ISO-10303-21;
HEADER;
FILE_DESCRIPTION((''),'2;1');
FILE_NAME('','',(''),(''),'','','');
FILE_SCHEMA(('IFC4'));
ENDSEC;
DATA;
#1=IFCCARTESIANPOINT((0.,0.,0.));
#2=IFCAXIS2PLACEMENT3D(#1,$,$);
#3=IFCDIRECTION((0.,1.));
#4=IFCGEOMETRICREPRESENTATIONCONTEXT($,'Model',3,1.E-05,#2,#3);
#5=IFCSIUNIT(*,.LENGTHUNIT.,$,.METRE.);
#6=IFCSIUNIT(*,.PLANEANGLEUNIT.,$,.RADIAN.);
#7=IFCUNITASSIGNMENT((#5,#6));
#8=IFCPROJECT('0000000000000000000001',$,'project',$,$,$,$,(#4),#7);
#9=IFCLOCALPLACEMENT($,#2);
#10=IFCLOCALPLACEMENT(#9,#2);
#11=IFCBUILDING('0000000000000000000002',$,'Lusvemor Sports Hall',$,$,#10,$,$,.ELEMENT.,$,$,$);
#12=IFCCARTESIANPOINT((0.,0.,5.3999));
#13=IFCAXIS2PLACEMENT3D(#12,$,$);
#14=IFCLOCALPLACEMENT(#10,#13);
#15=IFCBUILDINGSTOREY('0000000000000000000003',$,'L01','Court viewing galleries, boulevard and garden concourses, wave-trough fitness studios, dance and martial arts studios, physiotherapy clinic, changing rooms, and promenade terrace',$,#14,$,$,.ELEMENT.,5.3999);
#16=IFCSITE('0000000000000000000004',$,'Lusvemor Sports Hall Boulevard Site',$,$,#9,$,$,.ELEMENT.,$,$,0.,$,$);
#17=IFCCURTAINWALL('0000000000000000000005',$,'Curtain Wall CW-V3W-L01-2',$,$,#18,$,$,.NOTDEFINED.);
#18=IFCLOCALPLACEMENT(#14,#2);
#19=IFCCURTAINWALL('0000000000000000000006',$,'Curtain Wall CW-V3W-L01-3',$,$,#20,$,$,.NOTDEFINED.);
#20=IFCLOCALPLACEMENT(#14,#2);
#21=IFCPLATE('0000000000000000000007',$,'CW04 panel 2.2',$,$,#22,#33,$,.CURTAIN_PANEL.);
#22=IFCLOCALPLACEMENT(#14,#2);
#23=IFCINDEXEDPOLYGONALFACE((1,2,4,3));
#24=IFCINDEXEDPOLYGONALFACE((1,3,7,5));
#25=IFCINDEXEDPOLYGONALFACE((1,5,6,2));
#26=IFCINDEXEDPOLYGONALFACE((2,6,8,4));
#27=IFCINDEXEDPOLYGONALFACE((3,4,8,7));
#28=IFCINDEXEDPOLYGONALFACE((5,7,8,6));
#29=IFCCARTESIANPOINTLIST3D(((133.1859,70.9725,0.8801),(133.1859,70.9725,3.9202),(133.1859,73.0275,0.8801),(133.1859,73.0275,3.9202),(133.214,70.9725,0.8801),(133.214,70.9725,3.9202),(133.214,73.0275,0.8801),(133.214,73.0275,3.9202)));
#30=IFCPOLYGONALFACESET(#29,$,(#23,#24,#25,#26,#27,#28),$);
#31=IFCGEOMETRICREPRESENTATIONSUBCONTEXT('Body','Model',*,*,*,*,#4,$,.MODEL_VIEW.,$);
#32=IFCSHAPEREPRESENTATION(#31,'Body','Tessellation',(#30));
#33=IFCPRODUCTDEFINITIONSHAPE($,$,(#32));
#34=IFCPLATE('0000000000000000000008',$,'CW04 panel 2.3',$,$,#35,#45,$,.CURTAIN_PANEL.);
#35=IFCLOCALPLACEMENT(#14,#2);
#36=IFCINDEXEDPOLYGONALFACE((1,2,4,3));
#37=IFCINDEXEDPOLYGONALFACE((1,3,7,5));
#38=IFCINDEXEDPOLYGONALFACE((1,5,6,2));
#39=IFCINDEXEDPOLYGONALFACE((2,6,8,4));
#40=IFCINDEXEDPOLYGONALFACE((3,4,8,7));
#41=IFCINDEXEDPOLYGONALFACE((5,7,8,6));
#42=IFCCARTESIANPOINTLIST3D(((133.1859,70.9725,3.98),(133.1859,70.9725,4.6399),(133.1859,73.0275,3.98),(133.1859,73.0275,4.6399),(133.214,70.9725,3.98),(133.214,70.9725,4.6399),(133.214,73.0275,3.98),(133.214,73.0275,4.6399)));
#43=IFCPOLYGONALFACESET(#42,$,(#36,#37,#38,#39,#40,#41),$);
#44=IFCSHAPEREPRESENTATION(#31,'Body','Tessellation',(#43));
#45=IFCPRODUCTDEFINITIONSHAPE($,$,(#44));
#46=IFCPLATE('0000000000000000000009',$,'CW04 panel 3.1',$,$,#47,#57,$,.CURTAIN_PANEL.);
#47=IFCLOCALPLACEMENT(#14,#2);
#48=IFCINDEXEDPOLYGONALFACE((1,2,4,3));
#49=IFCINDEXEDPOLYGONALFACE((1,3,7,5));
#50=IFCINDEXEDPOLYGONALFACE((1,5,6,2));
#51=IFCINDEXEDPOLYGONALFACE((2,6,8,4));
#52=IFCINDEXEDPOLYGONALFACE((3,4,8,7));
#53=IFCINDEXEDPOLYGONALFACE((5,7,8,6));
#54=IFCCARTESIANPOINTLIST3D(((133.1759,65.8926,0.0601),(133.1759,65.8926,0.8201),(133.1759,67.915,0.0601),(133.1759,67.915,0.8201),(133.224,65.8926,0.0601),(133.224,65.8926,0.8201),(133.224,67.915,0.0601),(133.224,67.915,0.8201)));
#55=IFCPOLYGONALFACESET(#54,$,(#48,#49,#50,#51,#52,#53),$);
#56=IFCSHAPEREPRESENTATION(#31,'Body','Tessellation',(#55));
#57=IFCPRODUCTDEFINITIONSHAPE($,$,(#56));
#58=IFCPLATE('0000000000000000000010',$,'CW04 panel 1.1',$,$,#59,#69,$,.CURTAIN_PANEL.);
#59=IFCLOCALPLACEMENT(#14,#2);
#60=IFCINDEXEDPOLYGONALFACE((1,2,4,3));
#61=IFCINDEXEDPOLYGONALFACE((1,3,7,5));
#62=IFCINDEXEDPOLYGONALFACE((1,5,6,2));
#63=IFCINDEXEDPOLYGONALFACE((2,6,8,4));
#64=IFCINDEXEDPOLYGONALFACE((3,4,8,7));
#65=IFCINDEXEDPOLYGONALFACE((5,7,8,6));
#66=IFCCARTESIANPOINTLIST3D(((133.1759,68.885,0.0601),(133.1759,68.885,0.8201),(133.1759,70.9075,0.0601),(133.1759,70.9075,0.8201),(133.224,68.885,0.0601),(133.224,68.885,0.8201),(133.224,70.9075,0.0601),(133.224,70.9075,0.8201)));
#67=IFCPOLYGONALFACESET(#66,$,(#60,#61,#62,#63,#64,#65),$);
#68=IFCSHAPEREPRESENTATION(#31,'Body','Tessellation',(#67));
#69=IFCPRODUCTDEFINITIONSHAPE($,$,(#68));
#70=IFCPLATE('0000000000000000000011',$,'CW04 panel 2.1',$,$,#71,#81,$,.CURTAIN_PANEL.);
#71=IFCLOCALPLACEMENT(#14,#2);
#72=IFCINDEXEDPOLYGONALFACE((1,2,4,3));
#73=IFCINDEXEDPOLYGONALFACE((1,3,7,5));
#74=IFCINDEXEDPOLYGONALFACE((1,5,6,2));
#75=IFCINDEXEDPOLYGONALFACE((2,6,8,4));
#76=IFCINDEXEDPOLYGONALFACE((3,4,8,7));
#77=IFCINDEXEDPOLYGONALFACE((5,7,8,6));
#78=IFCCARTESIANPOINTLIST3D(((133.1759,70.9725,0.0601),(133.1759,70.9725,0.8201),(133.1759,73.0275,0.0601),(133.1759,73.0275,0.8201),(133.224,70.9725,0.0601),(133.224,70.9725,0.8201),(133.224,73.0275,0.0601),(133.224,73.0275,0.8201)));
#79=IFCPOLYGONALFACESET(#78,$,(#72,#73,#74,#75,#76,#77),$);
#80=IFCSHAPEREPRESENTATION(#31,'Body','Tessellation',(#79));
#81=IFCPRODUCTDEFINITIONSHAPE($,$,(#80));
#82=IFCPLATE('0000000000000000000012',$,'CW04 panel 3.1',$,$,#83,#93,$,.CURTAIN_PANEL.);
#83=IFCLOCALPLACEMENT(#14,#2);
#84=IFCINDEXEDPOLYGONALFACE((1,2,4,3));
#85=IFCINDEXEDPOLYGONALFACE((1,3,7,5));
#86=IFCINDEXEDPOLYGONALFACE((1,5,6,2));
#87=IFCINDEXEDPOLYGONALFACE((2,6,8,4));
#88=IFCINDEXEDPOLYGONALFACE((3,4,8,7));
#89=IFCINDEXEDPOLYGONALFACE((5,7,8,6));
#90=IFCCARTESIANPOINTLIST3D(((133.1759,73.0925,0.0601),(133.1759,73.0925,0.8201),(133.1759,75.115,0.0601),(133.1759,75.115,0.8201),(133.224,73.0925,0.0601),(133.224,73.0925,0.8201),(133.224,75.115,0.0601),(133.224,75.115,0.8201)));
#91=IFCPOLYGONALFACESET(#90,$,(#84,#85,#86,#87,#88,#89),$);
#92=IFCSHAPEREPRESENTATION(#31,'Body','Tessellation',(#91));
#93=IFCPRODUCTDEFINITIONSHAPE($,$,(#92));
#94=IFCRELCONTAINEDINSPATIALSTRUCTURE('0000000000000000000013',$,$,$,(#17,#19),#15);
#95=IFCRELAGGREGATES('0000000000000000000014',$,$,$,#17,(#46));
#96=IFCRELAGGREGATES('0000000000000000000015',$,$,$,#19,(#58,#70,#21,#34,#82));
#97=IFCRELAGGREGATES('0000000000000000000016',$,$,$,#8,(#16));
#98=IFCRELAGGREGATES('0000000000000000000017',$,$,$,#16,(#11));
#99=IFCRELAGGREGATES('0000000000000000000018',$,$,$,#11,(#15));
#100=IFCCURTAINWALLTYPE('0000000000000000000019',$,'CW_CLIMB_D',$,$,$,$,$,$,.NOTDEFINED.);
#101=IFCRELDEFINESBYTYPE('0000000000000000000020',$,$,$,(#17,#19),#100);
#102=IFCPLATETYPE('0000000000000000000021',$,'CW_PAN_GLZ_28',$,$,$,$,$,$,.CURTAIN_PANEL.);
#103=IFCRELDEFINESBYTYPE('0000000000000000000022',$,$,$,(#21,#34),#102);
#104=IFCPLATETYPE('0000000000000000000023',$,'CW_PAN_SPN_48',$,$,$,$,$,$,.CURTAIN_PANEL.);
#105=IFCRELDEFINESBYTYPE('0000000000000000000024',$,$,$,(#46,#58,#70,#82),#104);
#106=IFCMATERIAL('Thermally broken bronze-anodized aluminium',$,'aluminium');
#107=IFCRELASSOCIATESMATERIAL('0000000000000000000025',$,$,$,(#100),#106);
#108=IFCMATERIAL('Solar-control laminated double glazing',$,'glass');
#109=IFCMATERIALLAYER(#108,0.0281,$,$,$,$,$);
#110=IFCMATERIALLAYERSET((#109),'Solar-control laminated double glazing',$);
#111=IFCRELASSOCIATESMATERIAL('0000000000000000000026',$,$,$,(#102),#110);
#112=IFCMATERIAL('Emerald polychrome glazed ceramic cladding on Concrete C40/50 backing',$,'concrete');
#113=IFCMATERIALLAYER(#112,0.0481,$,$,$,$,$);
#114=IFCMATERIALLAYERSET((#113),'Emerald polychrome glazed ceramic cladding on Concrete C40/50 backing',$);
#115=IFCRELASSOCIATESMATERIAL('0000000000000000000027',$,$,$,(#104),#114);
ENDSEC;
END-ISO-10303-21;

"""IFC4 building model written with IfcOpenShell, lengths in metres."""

from ifc_helpers import new_model, si_unit, direction, frame, origin, origin_2d, place, context, subcontext, project, spatial, rectangle, extrude, material, layer, layer_set, type_object, element, aggregate, save


model = new_model("IFC4")

# Units and contexts
model_context = context("Model", 3, precision=1e-05, world=origin(), true_north=direction((0.0, 1.0)))
body_context = subcontext(model_context, "Body", "Model", "MODEL_VIEW")
ifc_project = project(units=[si_unit("LENGTHUNIT", "METRE"), si_unit("PLANEANGLEUNIT", "RADIAN")], contexts=[model_context])

# Site, building, storey
site_placement = place(None, origin())
site = spatial("IfcSite", under=ifc_project, at=site_placement, Name="Lusvemor Sports Hall Boulevard Site", CompositionType="ELEMENT", RefElevation=0.0)
building_placement = place(site_placement, origin())
building = spatial("IfcBuilding", under=site, at=building_placement, Name="Lusvemor Sports Hall", CompositionType="ELEMENT")
storey_placement = place(building_placement, frame((0.0, 0.0, 5.3999)))
storey = spatial("IfcBuildingStorey", under=building, at=storey_placement, Name="L01", Description="Court viewing galleries, boulevard and garden concourses, wave-trough fitness studios, dance and martial arts studios, physiotherapy clinic, changing rooms, and promenade terrace", CompositionType="ELEMENT", Elevation=5.3999)

# Curtain wall
ifc_material_1 = material(Name="Thermally broken bronze-anodized aluminium", Category="aluminium")
curtain_wall_type = type_object("IfcCurtainWallType", Name="CW_CLIMB_D", PredefinedType="NOTDEFINED", material=ifc_material_1)
curtain_wall_1_placement = place(storey_placement, origin())
curtain_wall_1 = element("IfcCurtainWall", 1, at=curtain_wall_1_placement, inside=storey, type_object=curtain_wall_type, Name="Curtain Wall CW-V3W-L01-2", PredefinedType="NOTDEFINED")

# Curtain wall
curtain_wall_2_placement = place(storey_placement, origin())
curtain_wall_2 = element("IfcCurtainWall", 2, at=curtain_wall_2_placement, inside=storey, type_object=curtain_wall_type, Name="Curtain Wall CW-V3W-L01-3", PredefinedType="NOTDEFINED")

# Plates
ifc_material_2 = material(Name="Solar-control laminated double glazing", Category="glass")
ifc_layer_1 = layer(ifc_material_2, 0.0281)
ifc_layer_set_1 = layer_set([ifc_layer_1], Name="Solar-control laminated double glazing")
plate_type_1 = type_object("IfcPlateType", Name="CW_PAN_GLZ_28", PredefinedType="CURTAIN_PANEL", material=ifc_layer_set_1)
plate_1_placement = place(storey_placement, frame((133.2, 72.0, 0.8801), z_axis=(0.0, 0.0, 1.0), x_axis=(0.0, 1.0, 0.0)))
plate_1 = element("IfcPlate", 3, at=plate_1_placement, type_object=plate_type_1, Name="CW04 panel 2.2", PredefinedType="CURTAIN_PANEL", context=body_context, shape_type="SweptSolid", body=[
    extrude(rectangle(XDim=2.0549, YDim=0.0281, at=origin_2d()), origin(), (0.0, 0.0, 1.0), 3.04),
])
plate_2_placement = place(storey_placement, frame((133.2, 72.0, 3.98), z_axis=(0.0, 0.0, 1.0), x_axis=(0.0, 1.0, 0.0)))
plate_2 = element("IfcPlate", 4, at=plate_2_placement, type_object=plate_type_1, Name="CW04 panel 2.3", PredefinedType="CURTAIN_PANEL", context=body_context, shape_type="SweptSolid", body=[
    extrude(rectangle(XDim=2.0549, YDim=0.0281, at=origin_2d()), origin(), (0.0, 0.0, 1.0), 0.6599),
])
ifc_material_3 = material(Name="Emerald polychrome glazed ceramic cladding on Concrete C40/50 backing", Category="concrete")
ifc_layer_2 = layer(ifc_material_3, 0.0481)
ifc_layer_set_2 = layer_set([ifc_layer_2], Name="Emerald polychrome glazed ceramic cladding on Concrete C40/50 backing")
plate_type_2 = type_object("IfcPlateType", Name="CW_PAN_SPN_48", PredefinedType="CURTAIN_PANEL", material=ifc_layer_set_2)
plate_3_placement = place(storey_placement, frame((133.2, 66.9038, 0.0601), z_axis=(0.0, 0.0, 1.0), x_axis=(0.0, 1.0, 0.0)))
plate_3 = element("IfcPlate", 5, at=plate_3_placement, type_object=plate_type_2, Name="CW04 panel 3.1", PredefinedType="CURTAIN_PANEL", context=body_context, shape_type="SweptSolid", body=[
    extrude(rectangle(XDim=2.0225, YDim=0.0481, at=origin_2d()), origin(), (0.0, 0.0, 1.0), 0.76),
])
aggregate(curtain_wall_1, [plate_3])
plate_4_placement = place(storey_placement, frame((133.2, 69.8962, 0.0601), z_axis=(0.0, 0.0, 1.0), x_axis=(0.0, 1.0, 0.0)))
plate_4 = element("IfcPlate", 6, at=plate_4_placement, type_object=plate_type_2, Name="CW04 panel 1.1", PredefinedType="CURTAIN_PANEL", context=body_context, shape_type="SweptSolid", body=[
    extrude(rectangle(XDim=2.0225, YDim=0.0481, at=origin_2d()), origin(), (0.0, 0.0, 1.0), 0.76),
])
plate_5_placement = place(storey_placement, frame((133.2, 72.0, 0.0601), z_axis=(0.0, 0.0, 1.0), x_axis=(0.0, 1.0, 0.0)))
plate_5 = element("IfcPlate", 7, at=plate_5_placement, type_object=plate_type_2, Name="CW04 panel 2.1", PredefinedType="CURTAIN_PANEL", context=body_context, shape_type="SweptSolid", body=[
    extrude(rectangle(XDim=2.0549, YDim=0.0481, at=origin_2d()), origin(), (0.0, 0.0, 1.0), 0.76),
])
plate_6_placement = place(storey_placement, frame((133.2, 74.1038, 0.0601), z_axis=(0.0, 0.0, 1.0), x_axis=(0.0, 1.0, 0.0)))
plate_6 = element("IfcPlate", 8, at=plate_6_placement, type_object=plate_type_2, Name="CW04 panel 3.1", PredefinedType="CURTAIN_PANEL", context=body_context, shape_type="SweptSolid", body=[
    extrude(rectangle(XDim=2.0225, YDim=0.0481, at=origin_2d()), origin(), (0.0, 0.0, 1.0), 0.76),
])
aggregate(curtain_wall_2, [plate_4, plate_5, plate_1, plate_2, plate_6])

save(model, "model.ifc")
